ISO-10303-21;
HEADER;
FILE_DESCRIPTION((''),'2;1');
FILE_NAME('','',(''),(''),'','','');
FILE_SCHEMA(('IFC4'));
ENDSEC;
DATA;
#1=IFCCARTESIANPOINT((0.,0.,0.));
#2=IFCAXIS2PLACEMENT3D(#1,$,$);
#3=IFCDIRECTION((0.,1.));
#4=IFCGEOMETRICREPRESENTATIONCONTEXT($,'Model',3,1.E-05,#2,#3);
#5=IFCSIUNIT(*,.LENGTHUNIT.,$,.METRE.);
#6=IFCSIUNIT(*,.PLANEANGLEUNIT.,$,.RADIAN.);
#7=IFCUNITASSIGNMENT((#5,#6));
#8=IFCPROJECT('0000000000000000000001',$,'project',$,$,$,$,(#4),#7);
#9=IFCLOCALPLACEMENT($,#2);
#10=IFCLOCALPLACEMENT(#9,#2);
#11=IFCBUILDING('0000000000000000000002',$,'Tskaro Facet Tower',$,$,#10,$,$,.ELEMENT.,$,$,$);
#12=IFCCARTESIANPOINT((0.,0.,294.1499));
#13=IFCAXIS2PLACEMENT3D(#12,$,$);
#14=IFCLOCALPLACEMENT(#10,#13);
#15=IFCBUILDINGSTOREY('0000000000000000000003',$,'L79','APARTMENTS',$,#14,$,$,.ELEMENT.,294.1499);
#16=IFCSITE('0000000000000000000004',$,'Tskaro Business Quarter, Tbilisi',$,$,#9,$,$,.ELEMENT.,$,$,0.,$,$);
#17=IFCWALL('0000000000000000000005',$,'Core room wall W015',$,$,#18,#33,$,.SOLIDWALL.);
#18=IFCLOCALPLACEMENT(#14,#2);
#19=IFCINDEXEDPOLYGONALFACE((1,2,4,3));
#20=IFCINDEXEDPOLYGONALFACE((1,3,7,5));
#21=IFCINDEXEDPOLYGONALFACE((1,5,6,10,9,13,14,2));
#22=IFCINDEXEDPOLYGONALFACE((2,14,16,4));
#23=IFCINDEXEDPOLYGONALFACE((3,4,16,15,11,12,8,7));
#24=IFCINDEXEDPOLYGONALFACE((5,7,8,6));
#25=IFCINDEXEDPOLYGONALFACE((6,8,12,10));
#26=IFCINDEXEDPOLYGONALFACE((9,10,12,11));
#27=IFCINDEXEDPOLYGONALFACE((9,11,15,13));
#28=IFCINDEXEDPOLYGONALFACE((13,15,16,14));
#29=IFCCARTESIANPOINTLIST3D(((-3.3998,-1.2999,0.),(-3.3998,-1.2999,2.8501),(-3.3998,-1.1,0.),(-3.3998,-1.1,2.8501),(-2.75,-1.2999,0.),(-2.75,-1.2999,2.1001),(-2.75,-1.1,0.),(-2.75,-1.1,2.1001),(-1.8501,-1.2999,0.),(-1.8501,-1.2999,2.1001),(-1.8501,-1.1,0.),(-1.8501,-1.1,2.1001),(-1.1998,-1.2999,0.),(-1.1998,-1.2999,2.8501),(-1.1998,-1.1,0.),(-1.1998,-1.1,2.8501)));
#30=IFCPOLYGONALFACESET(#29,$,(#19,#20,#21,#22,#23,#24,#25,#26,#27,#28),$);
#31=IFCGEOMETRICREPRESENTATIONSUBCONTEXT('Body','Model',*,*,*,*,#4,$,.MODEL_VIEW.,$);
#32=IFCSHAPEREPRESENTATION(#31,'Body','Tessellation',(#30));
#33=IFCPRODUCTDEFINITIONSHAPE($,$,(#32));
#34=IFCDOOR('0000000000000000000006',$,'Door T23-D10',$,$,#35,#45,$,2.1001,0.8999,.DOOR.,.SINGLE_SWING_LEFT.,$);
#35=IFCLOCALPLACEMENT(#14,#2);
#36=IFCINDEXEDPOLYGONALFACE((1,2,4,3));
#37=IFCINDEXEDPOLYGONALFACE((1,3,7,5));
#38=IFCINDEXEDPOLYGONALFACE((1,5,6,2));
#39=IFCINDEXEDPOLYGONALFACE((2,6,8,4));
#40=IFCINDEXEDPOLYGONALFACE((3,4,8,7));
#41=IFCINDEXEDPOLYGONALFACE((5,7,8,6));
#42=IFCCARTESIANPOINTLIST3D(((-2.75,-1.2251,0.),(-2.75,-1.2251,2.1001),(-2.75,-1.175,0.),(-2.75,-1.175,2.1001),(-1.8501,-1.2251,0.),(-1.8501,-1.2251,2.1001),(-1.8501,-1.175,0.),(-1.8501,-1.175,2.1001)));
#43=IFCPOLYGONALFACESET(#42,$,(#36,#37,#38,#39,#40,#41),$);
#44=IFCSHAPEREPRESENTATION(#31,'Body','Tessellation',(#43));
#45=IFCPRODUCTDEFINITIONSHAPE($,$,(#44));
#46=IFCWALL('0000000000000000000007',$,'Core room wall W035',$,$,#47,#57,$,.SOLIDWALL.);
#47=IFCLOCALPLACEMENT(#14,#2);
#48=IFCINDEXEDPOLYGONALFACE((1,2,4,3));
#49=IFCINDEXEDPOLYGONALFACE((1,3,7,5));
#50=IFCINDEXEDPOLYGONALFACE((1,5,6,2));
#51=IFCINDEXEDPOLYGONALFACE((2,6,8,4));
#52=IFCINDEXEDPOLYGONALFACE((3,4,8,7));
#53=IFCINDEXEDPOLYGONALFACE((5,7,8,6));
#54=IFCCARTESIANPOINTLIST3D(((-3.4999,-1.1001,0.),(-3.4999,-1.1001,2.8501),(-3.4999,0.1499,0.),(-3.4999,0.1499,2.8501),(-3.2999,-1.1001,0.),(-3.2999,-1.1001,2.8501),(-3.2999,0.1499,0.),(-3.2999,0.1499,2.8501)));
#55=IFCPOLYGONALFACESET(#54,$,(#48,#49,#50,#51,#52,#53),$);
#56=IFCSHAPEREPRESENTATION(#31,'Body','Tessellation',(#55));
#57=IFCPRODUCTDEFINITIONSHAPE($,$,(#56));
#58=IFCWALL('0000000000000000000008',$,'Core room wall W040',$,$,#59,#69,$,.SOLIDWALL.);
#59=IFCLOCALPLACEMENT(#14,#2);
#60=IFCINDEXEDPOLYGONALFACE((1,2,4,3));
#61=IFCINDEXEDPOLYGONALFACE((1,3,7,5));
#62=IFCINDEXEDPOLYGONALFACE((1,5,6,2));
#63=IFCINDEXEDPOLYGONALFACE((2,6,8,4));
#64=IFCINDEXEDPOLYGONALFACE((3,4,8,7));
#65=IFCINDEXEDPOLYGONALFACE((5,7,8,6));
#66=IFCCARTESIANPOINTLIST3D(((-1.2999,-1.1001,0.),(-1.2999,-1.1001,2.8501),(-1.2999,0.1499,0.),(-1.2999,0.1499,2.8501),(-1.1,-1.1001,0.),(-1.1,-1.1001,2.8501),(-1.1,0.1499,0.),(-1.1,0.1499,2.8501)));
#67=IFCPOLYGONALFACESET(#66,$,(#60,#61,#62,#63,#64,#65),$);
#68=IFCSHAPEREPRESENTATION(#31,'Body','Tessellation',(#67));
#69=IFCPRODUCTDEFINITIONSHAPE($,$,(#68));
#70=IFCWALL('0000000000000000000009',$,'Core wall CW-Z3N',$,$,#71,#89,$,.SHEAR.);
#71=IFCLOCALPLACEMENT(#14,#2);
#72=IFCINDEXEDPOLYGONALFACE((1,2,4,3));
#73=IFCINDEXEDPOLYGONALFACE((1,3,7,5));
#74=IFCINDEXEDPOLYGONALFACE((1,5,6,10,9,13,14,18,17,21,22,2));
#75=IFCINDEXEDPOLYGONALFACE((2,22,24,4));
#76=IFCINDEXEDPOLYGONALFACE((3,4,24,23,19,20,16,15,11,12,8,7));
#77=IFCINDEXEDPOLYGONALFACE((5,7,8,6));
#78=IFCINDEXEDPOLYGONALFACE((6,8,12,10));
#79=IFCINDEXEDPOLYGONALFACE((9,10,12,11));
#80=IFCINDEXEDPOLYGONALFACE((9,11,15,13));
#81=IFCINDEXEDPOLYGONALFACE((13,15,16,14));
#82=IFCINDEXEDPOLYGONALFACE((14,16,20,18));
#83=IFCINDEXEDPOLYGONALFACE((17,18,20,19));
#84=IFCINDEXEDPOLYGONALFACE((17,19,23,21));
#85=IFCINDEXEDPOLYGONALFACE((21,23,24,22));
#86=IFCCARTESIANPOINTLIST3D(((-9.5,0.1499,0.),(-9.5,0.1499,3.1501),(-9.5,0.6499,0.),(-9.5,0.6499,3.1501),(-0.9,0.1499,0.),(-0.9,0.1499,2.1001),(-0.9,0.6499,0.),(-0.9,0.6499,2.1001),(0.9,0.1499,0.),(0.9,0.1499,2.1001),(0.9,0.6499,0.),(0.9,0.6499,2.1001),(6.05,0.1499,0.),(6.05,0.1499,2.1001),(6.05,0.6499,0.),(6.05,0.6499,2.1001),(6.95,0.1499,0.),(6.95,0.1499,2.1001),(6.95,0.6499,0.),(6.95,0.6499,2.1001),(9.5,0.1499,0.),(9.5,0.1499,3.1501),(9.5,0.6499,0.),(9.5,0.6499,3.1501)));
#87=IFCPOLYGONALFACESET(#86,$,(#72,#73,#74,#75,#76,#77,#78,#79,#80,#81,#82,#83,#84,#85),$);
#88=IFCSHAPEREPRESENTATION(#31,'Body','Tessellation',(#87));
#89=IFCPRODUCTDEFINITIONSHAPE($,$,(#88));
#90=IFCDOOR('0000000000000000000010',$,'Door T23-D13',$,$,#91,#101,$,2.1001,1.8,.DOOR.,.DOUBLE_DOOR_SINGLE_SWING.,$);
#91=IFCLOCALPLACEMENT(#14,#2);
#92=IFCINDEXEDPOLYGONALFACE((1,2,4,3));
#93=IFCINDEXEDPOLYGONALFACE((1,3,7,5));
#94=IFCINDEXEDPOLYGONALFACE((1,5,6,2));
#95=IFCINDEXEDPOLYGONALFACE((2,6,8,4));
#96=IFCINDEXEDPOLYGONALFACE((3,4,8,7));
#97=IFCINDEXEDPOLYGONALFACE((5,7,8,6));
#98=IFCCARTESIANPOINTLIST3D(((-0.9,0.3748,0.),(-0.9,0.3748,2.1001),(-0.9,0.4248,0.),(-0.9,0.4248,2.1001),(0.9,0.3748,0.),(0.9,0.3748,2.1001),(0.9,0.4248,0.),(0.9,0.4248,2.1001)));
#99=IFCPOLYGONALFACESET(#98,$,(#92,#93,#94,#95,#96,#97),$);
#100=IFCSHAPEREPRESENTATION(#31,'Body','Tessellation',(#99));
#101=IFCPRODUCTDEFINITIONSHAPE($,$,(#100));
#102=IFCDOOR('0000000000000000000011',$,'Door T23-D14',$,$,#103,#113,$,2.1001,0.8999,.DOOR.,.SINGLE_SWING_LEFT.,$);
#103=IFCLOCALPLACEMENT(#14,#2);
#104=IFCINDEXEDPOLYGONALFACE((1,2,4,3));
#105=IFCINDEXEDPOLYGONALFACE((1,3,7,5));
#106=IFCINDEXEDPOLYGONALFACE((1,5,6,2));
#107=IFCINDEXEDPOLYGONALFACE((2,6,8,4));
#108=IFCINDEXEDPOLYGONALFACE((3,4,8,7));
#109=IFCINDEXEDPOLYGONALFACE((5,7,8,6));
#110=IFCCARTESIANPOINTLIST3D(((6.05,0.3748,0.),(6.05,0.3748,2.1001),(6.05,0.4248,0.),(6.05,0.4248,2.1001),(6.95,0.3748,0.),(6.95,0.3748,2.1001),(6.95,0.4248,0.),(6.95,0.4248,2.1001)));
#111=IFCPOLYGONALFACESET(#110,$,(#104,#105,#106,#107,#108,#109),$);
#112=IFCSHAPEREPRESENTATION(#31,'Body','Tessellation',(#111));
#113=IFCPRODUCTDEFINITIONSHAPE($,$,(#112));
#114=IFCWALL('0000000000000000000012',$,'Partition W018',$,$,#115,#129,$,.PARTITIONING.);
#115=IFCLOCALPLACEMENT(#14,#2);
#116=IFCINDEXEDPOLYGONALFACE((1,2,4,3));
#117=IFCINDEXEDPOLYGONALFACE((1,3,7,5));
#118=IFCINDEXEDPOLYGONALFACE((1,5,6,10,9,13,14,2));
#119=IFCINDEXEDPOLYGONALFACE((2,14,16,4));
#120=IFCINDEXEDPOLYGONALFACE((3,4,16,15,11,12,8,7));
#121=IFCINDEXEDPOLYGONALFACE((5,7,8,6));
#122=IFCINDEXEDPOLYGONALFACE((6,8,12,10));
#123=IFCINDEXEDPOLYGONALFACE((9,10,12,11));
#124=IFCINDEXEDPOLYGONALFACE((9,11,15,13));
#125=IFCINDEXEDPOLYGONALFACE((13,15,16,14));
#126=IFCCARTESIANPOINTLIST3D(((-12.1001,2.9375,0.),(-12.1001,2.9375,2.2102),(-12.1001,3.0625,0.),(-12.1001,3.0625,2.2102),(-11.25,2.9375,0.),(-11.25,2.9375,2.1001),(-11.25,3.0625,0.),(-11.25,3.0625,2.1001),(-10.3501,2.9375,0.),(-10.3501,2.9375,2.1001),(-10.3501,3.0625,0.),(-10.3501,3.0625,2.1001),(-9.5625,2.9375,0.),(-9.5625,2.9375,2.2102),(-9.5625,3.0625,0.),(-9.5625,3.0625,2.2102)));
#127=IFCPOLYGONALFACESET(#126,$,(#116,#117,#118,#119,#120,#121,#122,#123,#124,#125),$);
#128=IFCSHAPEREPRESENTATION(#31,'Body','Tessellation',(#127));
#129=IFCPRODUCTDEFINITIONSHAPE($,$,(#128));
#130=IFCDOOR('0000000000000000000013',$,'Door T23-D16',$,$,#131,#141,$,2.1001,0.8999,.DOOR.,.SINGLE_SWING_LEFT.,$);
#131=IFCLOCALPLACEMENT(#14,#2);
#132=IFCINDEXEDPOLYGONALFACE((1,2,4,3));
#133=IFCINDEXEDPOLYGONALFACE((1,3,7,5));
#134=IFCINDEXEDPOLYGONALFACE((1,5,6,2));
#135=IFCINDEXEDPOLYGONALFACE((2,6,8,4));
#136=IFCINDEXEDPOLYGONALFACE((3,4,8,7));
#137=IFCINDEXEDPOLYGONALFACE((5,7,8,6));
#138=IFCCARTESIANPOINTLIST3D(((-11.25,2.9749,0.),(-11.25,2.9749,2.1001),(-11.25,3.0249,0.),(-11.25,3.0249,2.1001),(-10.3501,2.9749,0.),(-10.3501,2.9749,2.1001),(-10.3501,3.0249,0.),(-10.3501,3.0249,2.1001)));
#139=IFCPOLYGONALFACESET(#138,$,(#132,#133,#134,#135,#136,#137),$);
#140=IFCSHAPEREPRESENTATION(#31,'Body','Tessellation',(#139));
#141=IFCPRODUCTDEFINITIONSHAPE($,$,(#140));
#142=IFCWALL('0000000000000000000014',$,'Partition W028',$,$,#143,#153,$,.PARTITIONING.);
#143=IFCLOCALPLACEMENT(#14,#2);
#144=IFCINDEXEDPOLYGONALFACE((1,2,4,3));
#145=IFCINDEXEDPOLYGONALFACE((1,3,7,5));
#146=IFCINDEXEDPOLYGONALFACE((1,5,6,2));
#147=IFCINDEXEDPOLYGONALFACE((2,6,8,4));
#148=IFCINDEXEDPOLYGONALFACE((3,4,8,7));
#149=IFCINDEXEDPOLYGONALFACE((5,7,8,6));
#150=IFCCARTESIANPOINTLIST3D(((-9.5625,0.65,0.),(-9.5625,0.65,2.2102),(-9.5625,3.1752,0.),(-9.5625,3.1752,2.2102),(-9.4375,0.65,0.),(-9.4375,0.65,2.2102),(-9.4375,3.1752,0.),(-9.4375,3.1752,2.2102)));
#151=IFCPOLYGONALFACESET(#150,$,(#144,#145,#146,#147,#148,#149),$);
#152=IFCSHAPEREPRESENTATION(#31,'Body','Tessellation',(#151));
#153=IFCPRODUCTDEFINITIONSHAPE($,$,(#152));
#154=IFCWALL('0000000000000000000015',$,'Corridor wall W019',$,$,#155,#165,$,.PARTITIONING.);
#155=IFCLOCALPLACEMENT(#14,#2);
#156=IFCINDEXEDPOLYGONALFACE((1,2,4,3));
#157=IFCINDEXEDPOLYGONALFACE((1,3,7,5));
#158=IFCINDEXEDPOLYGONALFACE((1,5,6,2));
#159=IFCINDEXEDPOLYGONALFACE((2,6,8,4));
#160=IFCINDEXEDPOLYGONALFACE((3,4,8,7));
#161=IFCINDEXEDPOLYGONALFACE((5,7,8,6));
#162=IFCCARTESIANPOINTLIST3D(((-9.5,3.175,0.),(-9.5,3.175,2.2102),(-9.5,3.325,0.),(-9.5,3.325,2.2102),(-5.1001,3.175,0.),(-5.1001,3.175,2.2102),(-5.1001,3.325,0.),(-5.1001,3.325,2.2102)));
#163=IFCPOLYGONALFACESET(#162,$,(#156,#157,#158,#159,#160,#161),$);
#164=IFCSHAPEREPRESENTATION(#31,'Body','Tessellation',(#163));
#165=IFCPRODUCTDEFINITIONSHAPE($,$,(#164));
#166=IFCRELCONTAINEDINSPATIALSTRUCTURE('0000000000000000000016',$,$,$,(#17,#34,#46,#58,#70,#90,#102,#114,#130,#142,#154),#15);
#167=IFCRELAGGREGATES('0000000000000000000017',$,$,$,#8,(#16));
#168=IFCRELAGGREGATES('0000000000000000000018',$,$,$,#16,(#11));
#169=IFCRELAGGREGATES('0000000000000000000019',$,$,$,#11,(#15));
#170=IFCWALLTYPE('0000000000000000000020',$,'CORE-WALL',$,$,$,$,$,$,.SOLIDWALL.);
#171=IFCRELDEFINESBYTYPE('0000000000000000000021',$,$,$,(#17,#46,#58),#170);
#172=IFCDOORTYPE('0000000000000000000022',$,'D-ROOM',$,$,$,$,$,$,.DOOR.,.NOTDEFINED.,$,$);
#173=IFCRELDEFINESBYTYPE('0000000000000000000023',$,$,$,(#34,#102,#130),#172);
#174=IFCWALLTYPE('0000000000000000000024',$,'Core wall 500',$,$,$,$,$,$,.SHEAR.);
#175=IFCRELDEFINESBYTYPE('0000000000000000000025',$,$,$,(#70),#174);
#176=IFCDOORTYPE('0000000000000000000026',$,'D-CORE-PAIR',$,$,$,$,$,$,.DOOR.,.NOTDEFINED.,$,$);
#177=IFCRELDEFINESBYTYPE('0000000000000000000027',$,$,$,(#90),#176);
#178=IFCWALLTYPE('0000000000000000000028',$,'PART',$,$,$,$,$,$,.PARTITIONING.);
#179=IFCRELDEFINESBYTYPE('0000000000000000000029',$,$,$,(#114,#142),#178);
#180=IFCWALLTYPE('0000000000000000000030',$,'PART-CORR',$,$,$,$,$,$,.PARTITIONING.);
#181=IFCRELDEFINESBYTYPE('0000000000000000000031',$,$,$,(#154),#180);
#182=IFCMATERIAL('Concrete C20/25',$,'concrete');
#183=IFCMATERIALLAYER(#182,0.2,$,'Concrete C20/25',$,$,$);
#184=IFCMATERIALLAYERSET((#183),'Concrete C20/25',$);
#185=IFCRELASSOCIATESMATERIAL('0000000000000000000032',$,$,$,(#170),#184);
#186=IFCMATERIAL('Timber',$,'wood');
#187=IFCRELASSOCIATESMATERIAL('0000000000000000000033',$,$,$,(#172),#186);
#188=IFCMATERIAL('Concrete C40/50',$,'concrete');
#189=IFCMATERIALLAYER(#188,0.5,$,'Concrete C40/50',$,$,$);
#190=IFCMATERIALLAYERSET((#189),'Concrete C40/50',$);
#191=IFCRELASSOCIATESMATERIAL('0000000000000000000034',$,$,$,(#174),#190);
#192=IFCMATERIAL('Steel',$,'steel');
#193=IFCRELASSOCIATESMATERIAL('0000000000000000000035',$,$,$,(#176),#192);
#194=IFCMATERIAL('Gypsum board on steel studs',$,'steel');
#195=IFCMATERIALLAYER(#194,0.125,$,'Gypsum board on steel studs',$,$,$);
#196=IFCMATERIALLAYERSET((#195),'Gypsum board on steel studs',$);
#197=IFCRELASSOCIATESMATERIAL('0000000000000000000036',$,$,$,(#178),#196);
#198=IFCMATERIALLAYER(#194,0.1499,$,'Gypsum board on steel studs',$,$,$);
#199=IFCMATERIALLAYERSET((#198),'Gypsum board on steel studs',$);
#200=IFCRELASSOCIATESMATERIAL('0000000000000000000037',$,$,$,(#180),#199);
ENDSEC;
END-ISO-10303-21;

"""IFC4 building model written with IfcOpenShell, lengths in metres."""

from ifc_helpers import new_model, si_unit, direction, frame, frame_2d, origin, place, context, subcontext, project, spatial, rectangle, extrude, material, layer, layer_set, type_object, element, fill, save


model = new_model("IFC4")

# Units and contexts
model_context = context("Model", 3, precision=1e-05, world=origin(), true_north=direction((0.0, 1.0)))
body_context = subcontext(model_context, "Body", "Model", "MODEL_VIEW")
ifc_project = project(units=[si_unit("LENGTHUNIT", "METRE"), si_unit("PLANEANGLEUNIT", "RADIAN")], contexts=[model_context])

# Site, building, storey
site_placement = place(None, origin())
site = spatial("IfcSite", under=ifc_project, at=site_placement, Name="Tskaro Business Quarter, Tbilisi", CompositionType="ELEMENT", RefElevation=0.0)
building_placement = place(site_placement, origin())
building = spatial("IfcBuilding", under=site, at=building_placement, Name="Tskaro Facet Tower", CompositionType="ELEMENT")
storey_placement = place(building_placement, frame((0.0, 0.0, 294.1499)))
storey = spatial("IfcBuildingStorey", under=building, at=storey_placement, Name="L79", Description="APARTMENTS", CompositionType="ELEMENT", Elevation=294.1499)

# Shared definitions
ifc_material_1 = material(Name="Concrete C40/50", Category="concrete")

# Wall, opening, door
ifc_material_2 = material(Name="Concrete C20/25", Category="concrete")
ifc_layer_1 = layer(ifc_material_2, 0.2, Name="Concrete C20/25")
ifc_layer_set_1 = layer_set([ifc_layer_1], Name="Concrete C20/25")
wall_type_1 = type_object("IfcWallType", Name="CORE-WALL", PredefinedType="SOLIDWALL", material=ifc_layer_set_1)
wall_1_placement = place(storey_placement, frame((-3.3999, -1.2, 0.0), z_axis=(0.0, 0.0, 1.0), x_axis=(1.0, 0.0, 0.0)))
wall_1 = element("IfcWall", 1, at=wall_1_placement, inside=storey, type_object=wall_type_1, Name="Core room wall W015", PredefinedType="SOLIDWALL", context=body_context, shape_type="SweptSolid", body=[
    extrude(rectangle(XDim=2.2, YDim=0.2, at=frame_2d((1.1001, 0.0))), origin(), (0.0, 0.0, 1.0), 2.8501),
])
opening_1_placement = place(wall_1_placement, frame((0.6499, 0.0, 0.0)))
opening_1 = element("IfcOpeningElement", 2, at=opening_1_placement, cuts=wall_1, PredefinedType="OPENING", context=body_context, shape_type="SweptSolid", body=[
    extrude(rectangle(XDim=0.8999, YDim=2.1001, at=frame_2d((0.45, 1.05))), frame((0.0, 0.1099, 0.0), z_axis=(0.0, -1.0, 0.0), x_axis=(1.0, 0.0, 0.0)), (0.0, 0.0, 1.0), 0.22),
])
ifc_material_3 = material(Name="Timber", Category="wood")
door_type_1 = type_object("IfcDoorType", Name="D-ROOM", OperationType="NOTDEFINED", PredefinedType="DOOR", material=ifc_material_3)
door_1_placement = place(opening_1_placement, origin())
door_1 = element("IfcDoor", 3, at=door_1_placement, inside=storey, type_object=door_type_1, Name="Door T23-D10", OperationType="SINGLE_SWING_LEFT", OverallHeight=2.1001, OverallWidth=0.8999, PredefinedType="DOOR", context=body_context, shape_type="SweptSolid", body=[
    extrude(rectangle(XDim=0.8999, YDim=2.1001, at=frame_2d((0.45, 1.05))), frame((0.0, 0.0249, 0.0), z_axis=(0.0, -1.0, 0.0), x_axis=(1.0, 0.0, 0.0)), (0.0, 0.0, 1.0), 0.05),
])
fill(opening_1, door_1)

# Walls
for number, where, z_axis, x_axis, name in (
    (4, (-3.3999, -1.1001, 0.0), (0.0, 0.0, 1.0), (0.0, 1.0, 0.0), "Core room wall W035"),
    (5, (-1.2, -1.1001, 0.0), (0.0, 0.0, 1.0), (0.0, 1.0, 0.0), "Core room wall W040"),
):
    element("IfcWall", number, at=place(storey_placement, frame(where, z_axis=z_axis, x_axis=x_axis)), inside=storey, type_object=wall_type_1, Name=name, PredefinedType="SOLIDWALL", context=body_context, shape_type="SweptSolid", body=[
        extrude(rectangle(XDim=1.25, YDim=0.2, at=frame_2d((0.625, 0.0))), origin(), (0.0, 0.0, 1.0), 2.8501),
    ])

# Wall, openings, doors
ifc_layer_2 = layer(ifc_material_1, 0.5, Name="Concrete C40/50")
ifc_layer_set_2 = layer_set([ifc_layer_2], Name="Concrete C40/50")
wall_type_2 = type_object("IfcWallType", Name="Core wall 500", PredefinedType="SHEAR", material=ifc_layer_set_2)
wall_2_placement = place(storey_placement, frame((-9.5, 0.3999, 0.0), z_axis=(0.0, 0.0, 1.0), x_axis=(1.0, 0.0, 0.0)))
wall_2 = element("IfcWall", 6, at=wall_2_placement, inside=storey, type_object=wall_type_2, Name="Core wall CW-Z3N", PredefinedType="SHEAR", context=body_context, shape_type="SweptSolid", body=[
    extrude(rectangle(XDim=19.0, YDim=0.5, at=frame_2d((9.5, 0.0))), origin(), (0.0, 0.0, 1.0), 3.1501),
])
opening_2_placement = place(wall_2_placement, frame((8.6001, 0.0, 0.0)))
opening_2 = element("IfcOpeningElement", 7, at=opening_2_placement, cuts=wall_2, PredefinedType="OPENING", context=body_context, shape_type="SweptSolid", body=[
    extrude(rectangle(XDim=1.8, YDim=2.1001, at=frame_2d((0.8999, 1.05))), frame((0.0, 0.26, 0.0), z_axis=(0.0, -1.0, 0.0), x_axis=(1.0, 0.0, 0.0)), (0.0, 0.0, 1.0), 0.52),
])
opening_3_placement = place(wall_2_placement, frame((15.55, 0.0, 0.0)))
opening_3 = element("IfcOpeningElement", 8, at=opening_3_placement, cuts=wall_2, PredefinedType="OPENING", context=body_context, shape_type="SweptSolid", body=[
    extrude(rectangle(XDim=0.8999, YDim=2.1001, at=frame_2d((0.45, 1.05))), frame((0.0, 0.26, 0.0), z_axis=(0.0, -1.0, 0.0), x_axis=(1.0, 0.0, 0.0)), (0.0, 0.0, 1.0), 0.52),
])
ifc_material_4 = material(Name="Steel", Category="steel")
door_type_2 = type_object("IfcDoorType", Name="D-CORE-PAIR", OperationType="NOTDEFINED", PredefinedType="DOOR", material=ifc_material_4)
door_2_placement = place(opening_2_placement, origin())
door_2 = element("IfcDoor", 9, at=door_2_placement, inside=storey, type_object=door_type_2, Name="Door T23-D13", OperationType="DOUBLE_DOOR_SINGLE_SWING", OverallHeight=2.1001, OverallWidth=1.8, PredefinedType="DOOR", context=body_context, shape_type="SweptSolid", body=[
    extrude(rectangle(XDim=1.8, YDim=2.1001, at=frame_2d((0.8999, 1.05))), frame((0.0, 0.0249, 0.0), z_axis=(0.0, -1.0, 0.0), x_axis=(1.0, 0.0, 0.0)), (0.0, 0.0, 1.0), 0.05),
])
fill(opening_2, door_2)
door_3_placement = place(opening_3_placement, origin())
door_3 = element("IfcDoor", 10, at=door_3_placement, inside=storey, type_object=door_type_1, Name="Door T23-D14", OperationType="SINGLE_SWING_LEFT", OverallHeight=2.1001, OverallWidth=0.8999, PredefinedType="DOOR", context=body_context, shape_type="SweptSolid", body=[
    extrude(rectangle(XDim=0.8999, YDim=2.1001, at=frame_2d((0.45, 1.05))), frame((0.0, 0.0249, 0.0), z_axis=(0.0, -1.0, 0.0), x_axis=(1.0, 0.0, 0.0)), (0.0, 0.0, 1.0), 0.05),
])
fill(opening_3, door_3)

# Wall, opening, door
ifc_material_5 = material(Name="Gypsum board on steel studs", Category="steel")
ifc_layer_3 = layer(ifc_material_5, 0.125, Name="Gypsum board on steel studs")
ifc_layer_set_3 = layer_set([ifc_layer_3], Name="Gypsum board on steel studs")
wall_type_3 = type_object("IfcWallType", Name="PART", PredefinedType="PARTITIONING", material=ifc_layer_set_3)
wall_3_placement = place(storey_placement, frame((-12.1001, 3.0, 0.0), z_axis=(0.0, 0.0, 1.0), x_axis=(1.0, 0.0, 0.0)))
wall_3 = element("IfcWall", 11, at=wall_3_placement, inside=storey, type_object=wall_type_3, Name="Partition W018", PredefinedType="PARTITIONING", context=body_context, shape_type="SweptSolid", body=[
    extrude(rectangle(XDim=2.5376, YDim=0.125, at=frame_2d((1.2688, 0.0))), origin(), (0.0, 0.0, 1.0), 2.2102),
])
opening_4_placement = place(wall_3_placement, frame((0.8501, 0.0, 0.0)))
opening_4 = element("IfcOpeningElement", 12, at=opening_4_placement, cuts=wall_3, PredefinedType="OPENING", context=body_context, shape_type="SweptSolid", body=[
    extrude(rectangle(XDim=0.8999, YDim=2.1001, at=frame_2d((0.45, 1.05))), frame((0.0, 0.0725, 0.0), z_axis=(0.0, -1.0, 0.0), x_axis=(1.0, 0.0, 0.0)), (0.0, 0.0, 1.0), 0.145),
])
door_4_placement = place(opening_4_placement, origin())
door_4 = element("IfcDoor", 13, at=door_4_placement, inside=storey, type_object=door_type_1, Name="Door T23-D16", OperationType="SINGLE_SWING_LEFT", OverallHeight=2.1001, OverallWidth=0.8999, PredefinedType="DOOR", context=body_context, shape_type="SweptSolid", body=[
    extrude(rectangle(XDim=0.8999, YDim=2.1001, at=frame_2d((0.45, 1.05))), frame((0.0, 0.0249, 0.0), z_axis=(0.0, -1.0, 0.0), x_axis=(1.0, 0.0, 0.0)), (0.0, 0.0, 1.0), 0.05),
])
fill(opening_4, door_4)

# Walls
wall_4_placement = place(storey_placement, frame((-9.5, 0.6499, 0.0), z_axis=(0.0, 0.0, 1.0), x_axis=(0.0, 1.0, 0.0)))
element("IfcWall", 14, at=wall_4_placement, inside=storey, type_object=wall_type_3, Name="Partition W028", PredefinedType="PARTITIONING", context=body_context, shape_type="SweptSolid", body=[
    extrude(rectangle(XDim=2.5251, YDim=0.125, at=frame_2d((1.2627, 0.0))), origin(), (0.0, 0.0, 1.0), 2.2102),
])
ifc_layer_4 = layer(ifc_material_5, 0.1499, Name="Gypsum board on steel studs")
ifc_layer_set_4 = layer_set([ifc_layer_4], Name="Gypsum board on steel studs")
wall_type_4 = type_object("IfcWallType", Name="PART-CORR", PredefinedType="PARTITIONING", material=ifc_layer_set_4)
wall_5_placement = place(storey_placement, frame((-9.5, 3.25, 0.0), z_axis=(0.0, 0.0, 1.0), x_axis=(1.0, 0.0, 0.0)))
element("IfcWall", 15, at=wall_5_placement, inside=storey, type_object=wall_type_4, Name="Corridor wall W019", PredefinedType="PARTITIONING", context=body_context, shape_type="SweptSolid", body=[
    extrude(rectangle(XDim=4.3999, YDim=0.1499, at=frame_2d((2.2, 0.0))), origin(), (0.0, 0.0, 1.0), 2.2102),
])

save(model, "model.ifc")
